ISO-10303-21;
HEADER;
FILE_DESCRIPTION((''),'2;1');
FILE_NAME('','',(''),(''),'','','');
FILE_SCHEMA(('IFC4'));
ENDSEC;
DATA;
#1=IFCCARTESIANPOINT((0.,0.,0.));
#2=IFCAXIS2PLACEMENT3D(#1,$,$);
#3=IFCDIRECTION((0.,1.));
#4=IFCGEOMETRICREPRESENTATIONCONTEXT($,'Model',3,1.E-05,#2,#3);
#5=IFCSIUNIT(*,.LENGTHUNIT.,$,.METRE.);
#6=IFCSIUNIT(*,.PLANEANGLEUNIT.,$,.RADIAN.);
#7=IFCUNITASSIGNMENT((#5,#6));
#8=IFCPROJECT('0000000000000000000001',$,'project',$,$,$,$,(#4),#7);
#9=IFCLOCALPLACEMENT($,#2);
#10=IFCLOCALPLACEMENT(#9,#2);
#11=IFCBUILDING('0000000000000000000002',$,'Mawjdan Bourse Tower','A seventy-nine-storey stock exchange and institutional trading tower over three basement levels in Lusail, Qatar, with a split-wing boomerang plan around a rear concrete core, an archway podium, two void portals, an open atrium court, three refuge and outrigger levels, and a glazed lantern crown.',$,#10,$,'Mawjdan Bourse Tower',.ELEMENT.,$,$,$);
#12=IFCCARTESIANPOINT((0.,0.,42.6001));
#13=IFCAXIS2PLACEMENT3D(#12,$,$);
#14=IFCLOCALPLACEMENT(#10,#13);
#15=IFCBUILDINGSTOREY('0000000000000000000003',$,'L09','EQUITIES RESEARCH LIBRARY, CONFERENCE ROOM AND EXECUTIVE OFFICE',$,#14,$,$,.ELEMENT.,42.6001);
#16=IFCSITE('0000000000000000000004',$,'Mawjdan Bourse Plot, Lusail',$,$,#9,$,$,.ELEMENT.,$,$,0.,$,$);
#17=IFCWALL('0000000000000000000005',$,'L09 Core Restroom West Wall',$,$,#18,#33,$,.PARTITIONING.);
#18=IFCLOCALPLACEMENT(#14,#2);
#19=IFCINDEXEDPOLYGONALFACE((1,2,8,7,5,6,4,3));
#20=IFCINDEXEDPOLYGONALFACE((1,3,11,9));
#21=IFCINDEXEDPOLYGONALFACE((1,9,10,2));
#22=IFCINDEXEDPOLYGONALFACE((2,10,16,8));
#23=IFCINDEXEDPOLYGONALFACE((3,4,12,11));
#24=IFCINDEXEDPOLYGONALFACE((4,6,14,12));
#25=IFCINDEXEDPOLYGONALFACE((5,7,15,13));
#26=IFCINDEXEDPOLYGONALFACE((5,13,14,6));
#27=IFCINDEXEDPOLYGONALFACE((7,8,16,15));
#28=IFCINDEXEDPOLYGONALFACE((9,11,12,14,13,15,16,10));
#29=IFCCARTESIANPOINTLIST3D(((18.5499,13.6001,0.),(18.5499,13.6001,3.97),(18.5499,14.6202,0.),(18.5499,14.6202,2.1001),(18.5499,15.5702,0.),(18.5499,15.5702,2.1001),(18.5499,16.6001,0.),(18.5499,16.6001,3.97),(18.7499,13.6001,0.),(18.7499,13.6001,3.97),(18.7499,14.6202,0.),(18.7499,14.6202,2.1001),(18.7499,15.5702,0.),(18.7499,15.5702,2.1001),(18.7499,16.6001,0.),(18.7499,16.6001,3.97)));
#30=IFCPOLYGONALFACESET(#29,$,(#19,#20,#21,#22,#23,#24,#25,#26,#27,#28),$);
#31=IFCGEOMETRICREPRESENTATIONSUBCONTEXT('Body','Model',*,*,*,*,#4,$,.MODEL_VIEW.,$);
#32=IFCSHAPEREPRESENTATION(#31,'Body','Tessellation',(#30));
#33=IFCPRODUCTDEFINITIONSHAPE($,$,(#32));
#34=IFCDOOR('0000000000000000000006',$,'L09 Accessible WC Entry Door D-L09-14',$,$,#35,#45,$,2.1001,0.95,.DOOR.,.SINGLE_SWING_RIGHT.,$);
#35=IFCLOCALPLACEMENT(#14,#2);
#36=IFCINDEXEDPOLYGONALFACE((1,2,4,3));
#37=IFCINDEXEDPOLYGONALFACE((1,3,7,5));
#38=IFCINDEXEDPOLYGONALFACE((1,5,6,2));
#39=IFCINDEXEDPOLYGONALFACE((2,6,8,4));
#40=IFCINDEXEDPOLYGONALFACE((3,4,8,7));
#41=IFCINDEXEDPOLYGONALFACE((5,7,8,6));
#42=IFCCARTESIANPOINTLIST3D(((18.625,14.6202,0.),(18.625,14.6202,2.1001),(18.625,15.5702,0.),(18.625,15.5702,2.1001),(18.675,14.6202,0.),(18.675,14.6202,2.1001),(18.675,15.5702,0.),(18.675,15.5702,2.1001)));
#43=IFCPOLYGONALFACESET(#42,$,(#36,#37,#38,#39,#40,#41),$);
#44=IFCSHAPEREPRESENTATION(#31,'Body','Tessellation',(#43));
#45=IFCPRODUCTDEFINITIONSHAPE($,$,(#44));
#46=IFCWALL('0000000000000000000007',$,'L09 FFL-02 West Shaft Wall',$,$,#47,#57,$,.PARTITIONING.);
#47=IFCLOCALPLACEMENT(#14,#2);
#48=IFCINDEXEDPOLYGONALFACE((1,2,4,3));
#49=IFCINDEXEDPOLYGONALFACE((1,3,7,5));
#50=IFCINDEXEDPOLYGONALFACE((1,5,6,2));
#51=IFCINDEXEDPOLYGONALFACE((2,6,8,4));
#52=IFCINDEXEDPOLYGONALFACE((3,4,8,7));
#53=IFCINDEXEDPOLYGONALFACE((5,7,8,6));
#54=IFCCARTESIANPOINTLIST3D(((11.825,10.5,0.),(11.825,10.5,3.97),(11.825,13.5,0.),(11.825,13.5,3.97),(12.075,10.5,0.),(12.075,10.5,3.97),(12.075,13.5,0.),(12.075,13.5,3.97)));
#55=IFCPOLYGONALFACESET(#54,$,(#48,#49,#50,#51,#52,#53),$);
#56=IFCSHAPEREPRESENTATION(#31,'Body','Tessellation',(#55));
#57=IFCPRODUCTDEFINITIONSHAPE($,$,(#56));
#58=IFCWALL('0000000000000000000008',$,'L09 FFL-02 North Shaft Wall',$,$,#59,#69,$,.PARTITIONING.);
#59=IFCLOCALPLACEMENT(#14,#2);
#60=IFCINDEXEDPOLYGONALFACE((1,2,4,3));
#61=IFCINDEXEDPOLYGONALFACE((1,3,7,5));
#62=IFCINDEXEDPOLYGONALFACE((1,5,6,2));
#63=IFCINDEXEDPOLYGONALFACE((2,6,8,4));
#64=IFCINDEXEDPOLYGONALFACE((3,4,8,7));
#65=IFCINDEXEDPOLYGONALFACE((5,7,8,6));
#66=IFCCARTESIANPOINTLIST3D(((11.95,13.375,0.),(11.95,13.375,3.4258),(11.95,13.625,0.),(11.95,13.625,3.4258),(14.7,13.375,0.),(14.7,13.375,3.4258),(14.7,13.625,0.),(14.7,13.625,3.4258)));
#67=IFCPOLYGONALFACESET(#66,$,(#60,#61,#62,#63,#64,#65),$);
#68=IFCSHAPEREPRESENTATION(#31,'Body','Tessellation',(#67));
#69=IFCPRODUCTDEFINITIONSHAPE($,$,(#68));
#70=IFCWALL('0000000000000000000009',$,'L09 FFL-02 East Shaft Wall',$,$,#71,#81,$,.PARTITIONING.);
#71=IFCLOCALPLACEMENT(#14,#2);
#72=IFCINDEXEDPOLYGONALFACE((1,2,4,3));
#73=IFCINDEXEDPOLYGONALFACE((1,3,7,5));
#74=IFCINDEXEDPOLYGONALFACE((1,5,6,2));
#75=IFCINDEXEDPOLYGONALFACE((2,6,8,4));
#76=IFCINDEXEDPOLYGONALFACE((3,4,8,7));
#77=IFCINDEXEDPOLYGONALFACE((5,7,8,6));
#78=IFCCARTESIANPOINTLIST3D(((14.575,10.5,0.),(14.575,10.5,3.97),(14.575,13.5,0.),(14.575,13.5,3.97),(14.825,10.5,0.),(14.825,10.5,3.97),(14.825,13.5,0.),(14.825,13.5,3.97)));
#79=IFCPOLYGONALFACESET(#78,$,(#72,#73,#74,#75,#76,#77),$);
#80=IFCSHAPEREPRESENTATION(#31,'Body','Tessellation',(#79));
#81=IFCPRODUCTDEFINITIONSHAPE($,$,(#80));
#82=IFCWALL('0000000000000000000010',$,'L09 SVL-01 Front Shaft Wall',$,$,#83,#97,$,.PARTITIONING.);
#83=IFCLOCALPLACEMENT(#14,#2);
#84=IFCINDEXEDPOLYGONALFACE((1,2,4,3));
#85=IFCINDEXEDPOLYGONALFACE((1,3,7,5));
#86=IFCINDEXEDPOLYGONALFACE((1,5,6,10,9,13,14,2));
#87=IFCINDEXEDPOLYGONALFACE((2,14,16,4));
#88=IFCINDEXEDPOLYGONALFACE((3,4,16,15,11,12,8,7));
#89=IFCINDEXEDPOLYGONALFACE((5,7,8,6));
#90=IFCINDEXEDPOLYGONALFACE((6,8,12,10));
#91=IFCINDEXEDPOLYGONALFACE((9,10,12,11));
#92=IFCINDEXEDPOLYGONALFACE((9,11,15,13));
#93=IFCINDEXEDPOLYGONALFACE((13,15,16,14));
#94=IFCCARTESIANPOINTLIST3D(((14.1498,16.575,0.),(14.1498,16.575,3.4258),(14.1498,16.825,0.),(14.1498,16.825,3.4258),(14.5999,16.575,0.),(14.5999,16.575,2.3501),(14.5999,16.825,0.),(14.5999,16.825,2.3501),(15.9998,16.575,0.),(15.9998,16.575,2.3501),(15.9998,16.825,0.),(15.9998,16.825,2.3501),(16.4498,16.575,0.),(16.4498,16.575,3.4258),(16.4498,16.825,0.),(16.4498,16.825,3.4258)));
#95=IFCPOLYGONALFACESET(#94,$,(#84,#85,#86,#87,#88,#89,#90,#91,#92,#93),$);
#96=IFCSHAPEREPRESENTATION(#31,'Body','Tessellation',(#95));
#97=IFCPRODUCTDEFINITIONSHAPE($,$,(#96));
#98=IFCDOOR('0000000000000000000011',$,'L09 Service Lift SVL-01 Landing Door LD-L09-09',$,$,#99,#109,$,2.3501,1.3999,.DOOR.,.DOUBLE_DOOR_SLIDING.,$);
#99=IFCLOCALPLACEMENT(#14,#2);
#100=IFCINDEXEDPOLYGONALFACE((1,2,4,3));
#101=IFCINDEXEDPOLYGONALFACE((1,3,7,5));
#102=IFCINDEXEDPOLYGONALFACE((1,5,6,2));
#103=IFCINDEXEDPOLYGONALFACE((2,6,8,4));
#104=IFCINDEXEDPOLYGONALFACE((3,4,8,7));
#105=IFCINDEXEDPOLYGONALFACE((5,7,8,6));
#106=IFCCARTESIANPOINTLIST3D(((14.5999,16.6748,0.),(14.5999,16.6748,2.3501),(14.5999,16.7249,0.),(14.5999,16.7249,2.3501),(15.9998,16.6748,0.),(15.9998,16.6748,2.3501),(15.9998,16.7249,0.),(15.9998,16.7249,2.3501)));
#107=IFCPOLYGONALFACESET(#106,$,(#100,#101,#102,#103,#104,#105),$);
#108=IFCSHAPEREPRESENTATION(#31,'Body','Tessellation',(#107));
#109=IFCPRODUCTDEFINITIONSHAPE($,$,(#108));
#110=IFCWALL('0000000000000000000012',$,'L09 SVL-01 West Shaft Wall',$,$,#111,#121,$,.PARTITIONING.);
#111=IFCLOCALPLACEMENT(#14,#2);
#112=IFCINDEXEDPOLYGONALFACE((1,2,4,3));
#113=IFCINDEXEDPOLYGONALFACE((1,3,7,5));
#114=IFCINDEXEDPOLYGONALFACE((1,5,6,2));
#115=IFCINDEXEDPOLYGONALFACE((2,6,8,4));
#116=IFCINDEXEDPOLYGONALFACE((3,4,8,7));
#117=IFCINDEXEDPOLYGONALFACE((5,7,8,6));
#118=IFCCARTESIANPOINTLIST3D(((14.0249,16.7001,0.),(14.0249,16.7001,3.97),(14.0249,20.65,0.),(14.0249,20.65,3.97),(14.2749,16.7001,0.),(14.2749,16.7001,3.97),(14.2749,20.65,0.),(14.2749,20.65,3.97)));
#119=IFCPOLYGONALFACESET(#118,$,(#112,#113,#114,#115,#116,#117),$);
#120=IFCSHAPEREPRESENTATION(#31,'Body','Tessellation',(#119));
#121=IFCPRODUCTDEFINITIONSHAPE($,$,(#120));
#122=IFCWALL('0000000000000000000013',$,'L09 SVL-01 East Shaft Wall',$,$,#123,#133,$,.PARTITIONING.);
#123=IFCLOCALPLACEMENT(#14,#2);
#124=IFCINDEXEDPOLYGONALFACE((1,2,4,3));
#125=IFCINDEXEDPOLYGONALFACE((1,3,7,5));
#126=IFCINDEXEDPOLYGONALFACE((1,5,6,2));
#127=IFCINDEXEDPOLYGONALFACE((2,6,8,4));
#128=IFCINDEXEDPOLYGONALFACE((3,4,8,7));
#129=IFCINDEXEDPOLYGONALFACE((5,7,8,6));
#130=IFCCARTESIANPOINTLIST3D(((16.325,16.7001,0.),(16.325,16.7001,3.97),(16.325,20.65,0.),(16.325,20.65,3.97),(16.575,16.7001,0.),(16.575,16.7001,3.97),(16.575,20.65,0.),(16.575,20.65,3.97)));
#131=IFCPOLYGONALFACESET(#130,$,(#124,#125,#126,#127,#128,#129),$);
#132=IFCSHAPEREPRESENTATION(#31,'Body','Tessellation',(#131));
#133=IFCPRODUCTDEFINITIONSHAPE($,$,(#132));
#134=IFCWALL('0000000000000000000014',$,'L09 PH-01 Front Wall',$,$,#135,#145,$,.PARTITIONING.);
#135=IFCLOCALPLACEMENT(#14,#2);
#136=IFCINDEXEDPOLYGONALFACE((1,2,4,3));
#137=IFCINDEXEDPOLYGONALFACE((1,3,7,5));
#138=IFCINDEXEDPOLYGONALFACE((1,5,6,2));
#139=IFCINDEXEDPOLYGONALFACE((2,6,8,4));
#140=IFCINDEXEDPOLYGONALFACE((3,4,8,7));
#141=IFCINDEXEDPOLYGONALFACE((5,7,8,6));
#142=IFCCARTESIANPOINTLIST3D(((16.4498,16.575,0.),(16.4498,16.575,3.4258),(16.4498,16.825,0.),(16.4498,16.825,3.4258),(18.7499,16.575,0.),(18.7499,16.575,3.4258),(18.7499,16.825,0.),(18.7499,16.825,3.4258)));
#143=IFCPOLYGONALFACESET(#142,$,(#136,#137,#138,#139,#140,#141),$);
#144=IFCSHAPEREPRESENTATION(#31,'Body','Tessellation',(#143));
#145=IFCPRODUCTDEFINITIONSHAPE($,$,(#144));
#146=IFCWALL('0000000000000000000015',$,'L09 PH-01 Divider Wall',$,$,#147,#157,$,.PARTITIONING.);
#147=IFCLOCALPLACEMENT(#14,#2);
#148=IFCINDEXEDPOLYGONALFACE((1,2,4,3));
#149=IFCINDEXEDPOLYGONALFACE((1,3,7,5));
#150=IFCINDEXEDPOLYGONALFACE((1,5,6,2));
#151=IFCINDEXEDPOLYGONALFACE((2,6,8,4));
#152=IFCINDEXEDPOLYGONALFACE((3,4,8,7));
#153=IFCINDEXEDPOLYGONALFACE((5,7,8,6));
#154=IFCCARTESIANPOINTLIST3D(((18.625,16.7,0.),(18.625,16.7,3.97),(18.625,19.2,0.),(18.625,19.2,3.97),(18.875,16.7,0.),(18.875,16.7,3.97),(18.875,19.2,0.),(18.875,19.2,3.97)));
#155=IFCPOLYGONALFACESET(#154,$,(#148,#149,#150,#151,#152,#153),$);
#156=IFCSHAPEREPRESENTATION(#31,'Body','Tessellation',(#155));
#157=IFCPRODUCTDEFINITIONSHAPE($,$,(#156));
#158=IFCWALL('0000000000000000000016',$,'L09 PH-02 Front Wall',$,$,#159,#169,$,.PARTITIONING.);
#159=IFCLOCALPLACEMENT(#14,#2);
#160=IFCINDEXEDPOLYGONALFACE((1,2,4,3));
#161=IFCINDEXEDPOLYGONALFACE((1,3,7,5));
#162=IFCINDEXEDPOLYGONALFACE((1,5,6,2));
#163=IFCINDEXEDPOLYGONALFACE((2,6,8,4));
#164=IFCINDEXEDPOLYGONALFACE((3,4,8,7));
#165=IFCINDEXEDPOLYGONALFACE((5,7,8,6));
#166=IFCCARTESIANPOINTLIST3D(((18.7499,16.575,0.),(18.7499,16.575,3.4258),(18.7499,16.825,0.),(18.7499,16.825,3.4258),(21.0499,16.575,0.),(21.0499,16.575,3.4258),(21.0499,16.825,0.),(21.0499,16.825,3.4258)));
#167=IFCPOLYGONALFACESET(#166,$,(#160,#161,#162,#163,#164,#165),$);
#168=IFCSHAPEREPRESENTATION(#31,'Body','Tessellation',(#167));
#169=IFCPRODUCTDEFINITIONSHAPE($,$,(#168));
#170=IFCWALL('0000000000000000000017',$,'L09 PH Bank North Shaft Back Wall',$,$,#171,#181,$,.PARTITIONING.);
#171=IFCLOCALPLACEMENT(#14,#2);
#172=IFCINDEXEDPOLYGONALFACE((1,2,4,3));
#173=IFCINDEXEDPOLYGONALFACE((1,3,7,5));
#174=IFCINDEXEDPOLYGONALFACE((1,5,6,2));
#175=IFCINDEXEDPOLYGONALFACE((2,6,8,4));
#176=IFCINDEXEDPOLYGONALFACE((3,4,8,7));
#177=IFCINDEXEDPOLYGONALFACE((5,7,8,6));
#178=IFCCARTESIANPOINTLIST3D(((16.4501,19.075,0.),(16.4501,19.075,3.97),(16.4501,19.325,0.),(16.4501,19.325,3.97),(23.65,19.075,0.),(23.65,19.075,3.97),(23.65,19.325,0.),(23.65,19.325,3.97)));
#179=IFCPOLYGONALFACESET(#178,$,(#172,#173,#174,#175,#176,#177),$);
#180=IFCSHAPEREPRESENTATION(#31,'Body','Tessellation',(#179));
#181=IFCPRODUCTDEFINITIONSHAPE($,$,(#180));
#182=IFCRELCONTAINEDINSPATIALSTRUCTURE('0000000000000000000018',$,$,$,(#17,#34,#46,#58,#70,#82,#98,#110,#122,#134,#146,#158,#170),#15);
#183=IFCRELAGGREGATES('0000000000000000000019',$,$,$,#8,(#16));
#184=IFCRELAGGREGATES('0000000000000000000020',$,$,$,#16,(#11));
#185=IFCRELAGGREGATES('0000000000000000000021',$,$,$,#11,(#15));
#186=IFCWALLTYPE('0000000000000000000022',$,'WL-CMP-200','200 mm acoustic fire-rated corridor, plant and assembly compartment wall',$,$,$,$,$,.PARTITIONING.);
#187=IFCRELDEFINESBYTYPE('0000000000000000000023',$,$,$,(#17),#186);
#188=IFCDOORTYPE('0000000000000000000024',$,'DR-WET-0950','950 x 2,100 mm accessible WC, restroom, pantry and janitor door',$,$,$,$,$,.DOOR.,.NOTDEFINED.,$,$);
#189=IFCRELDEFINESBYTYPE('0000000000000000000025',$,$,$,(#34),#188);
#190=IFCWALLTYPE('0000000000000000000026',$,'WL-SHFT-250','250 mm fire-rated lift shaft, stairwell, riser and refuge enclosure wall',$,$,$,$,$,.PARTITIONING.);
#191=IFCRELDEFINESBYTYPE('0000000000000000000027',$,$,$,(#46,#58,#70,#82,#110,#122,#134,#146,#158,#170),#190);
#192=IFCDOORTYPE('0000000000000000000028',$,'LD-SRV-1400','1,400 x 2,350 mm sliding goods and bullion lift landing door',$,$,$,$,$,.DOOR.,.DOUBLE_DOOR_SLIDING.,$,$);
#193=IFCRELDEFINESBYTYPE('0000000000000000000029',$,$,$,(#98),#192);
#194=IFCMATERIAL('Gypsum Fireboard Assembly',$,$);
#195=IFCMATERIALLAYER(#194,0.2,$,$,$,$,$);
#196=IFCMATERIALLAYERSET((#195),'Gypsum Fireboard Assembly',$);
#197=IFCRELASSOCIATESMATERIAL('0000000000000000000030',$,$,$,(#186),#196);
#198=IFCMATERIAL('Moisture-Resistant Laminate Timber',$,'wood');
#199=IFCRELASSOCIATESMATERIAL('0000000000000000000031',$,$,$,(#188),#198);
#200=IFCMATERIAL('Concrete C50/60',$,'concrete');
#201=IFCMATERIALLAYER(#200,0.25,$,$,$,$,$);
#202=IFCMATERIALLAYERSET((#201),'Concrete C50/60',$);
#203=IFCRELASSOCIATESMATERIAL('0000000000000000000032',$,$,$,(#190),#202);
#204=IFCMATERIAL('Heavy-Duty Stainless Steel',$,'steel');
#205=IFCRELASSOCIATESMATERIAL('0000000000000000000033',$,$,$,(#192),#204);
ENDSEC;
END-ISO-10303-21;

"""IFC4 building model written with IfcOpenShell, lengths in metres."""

from ifc_helpers import new_model, si_unit, direction, frame, frame_2d, origin, place, context, subcontext, project, spatial, rectangle, extrude, material, layer, layer_set, type_object, element, fill, save


model = new_model("IFC4")

# Units and contexts
model_context = context("Model", 3, precision=1e-05, world=origin(), true_north=direction((0.0, 1.0)))
body_context = subcontext(model_context, "Body", "Model", "MODEL_VIEW")
ifc_project = project(units=[si_unit("LENGTHUNIT", "METRE"), si_unit("PLANEANGLEUNIT", "RADIAN")], contexts=[model_context])

# Site, building, storey
site_placement = place(None, origin())
site = spatial("IfcSite", under=ifc_project, at=site_placement, Name="Mawjdan Bourse Plot, Lusail", CompositionType="ELEMENT", RefElevation=0.0)
building_placement = place(site_placement, origin())
building = spatial("IfcBuilding", under=site, at=building_placement, Name="Mawjdan Bourse Tower", Description="A seventy-nine-storey stock exchange and institutional trading tower over three basement levels in Lusail, Qatar, with a split-wing boomerang plan around a rear concrete core, an archway podium, two void portals, an open atrium court, three refuge and outrigger levels, and a glazed lantern crown.", LongName="Mawjdan Bourse Tower", CompositionType="ELEMENT")
storey_placement = place(building_placement, frame((0.0, 0.0, 42.6001)))
storey = spatial("IfcBuildingStorey", under=building, at=storey_placement, Name="L09", Description="EQUITIES RESEARCH LIBRARY, CONFERENCE ROOM AND EXECUTIVE OFFICE", CompositionType="ELEMENT", Elevation=42.6001)

# Wall, opening, door
ifc_material_1 = material(Name="Gypsum Fireboard Assembly")
ifc_layer_1 = layer(ifc_material_1, 0.2)
ifc_layer_set_1 = layer_set([ifc_layer_1], Name="Gypsum Fireboard Assembly")
wall_type_1 = type_object("IfcWallType", Name="WL-CMP-200", Description="200 mm acoustic fire-rated corridor, plant and assembly compartment wall", PredefinedType="PARTITIONING", material=ifc_layer_set_1)
wall_1_placement = place(storey_placement, frame((18.6499, 13.6001, 0.0), z_axis=(0.0, 0.0, 1.0), x_axis=(0.0, 1.0, 0.0)))
wall_1 = element("IfcWall", 1, at=wall_1_placement, inside=storey, type_object=wall_type_1, Name="L09 Core Restroom West Wall", PredefinedType="PARTITIONING", context=body_context, shape_type="SweptSolid", body=[
    extrude(rectangle(XDim=3.0, YDim=0.2, at=frame_2d((1.5, 0.0))), origin(), (0.0, 0.0, 1.0), 3.97),
])
opening_1_placement = place(wall_1_placement, frame((1.02, 0.0, 0.0)))
opening_1 = element("IfcOpeningElement", 2, at=opening_1_placement, cuts=wall_1, PredefinedType="OPENING", context=body_context, shape_type="SweptSolid", body=[
    extrude(rectangle(XDim=0.95, YDim=2.1001, at=frame_2d((0.4751, 1.05))), frame((0.0, 0.1099, 0.0), z_axis=(0.0, -1.0, 0.0), x_axis=(1.0, 0.0, 0.0)), (0.0, 0.0, 1.0), 0.22),
])
ifc_material_2 = material(Name="Moisture-Resistant Laminate Timber", Category="wood")
door_type_1 = type_object("IfcDoorType", Name="DR-WET-0950", Description="950 x 2,100 mm accessible WC, restroom, pantry and janitor door", OperationType="NOTDEFINED", PredefinedType="DOOR", material=ifc_material_2)
door_1_placement = place(opening_1_placement, origin())
door_1 = element("IfcDoor", 3, at=door_1_placement, inside=storey, type_object=door_type_1, Name="L09 Accessible WC Entry Door D-L09-14", OperationType="SINGLE_SWING_RIGHT", OverallHeight=2.1001, OverallWidth=0.95, PredefinedType="DOOR", context=body_context, shape_type="SweptSolid", body=[
    extrude(rectangle(XDim=0.95, YDim=2.1001, at=frame_2d((0.4751, 1.05))), frame((0.0, 0.0249, 0.0), z_axis=(0.0, -1.0, 0.0), x_axis=(1.0, 0.0, 0.0)), (0.0, 0.0, 1.0), 0.05),
])
fill(opening_1, door_1)

# Walls
ifc_material_3 = material(Name="Concrete C50/60", Category="concrete")
ifc_layer_2 = layer(ifc_material_3, 0.25)
ifc_layer_set_2 = layer_set([ifc_layer_2], Name="Concrete C50/60")
wall_type_2 = type_object("IfcWallType", Name="WL-SHFT-250", Description="250 mm fire-rated lift shaft, stairwell, riser and refuge enclosure wall", PredefinedType="PARTITIONING", material=ifc_layer_set_2)
wall_2_placement = place(storey_placement, frame((11.95, 10.5, 0.0), z_axis=(0.0, 0.0, 1.0), x_axis=(0.0, 1.0, 0.0)))
element("IfcWall", 4, at=wall_2_placement, inside=storey, type_object=wall_type_2, Name="L09 FFL-02 West Shaft Wall", PredefinedType="PARTITIONING", context=body_context, shape_type="SweptSolid", body=[
    extrude(rectangle(XDim=3.0, YDim=0.25, at=frame_2d((1.5, 0.0))), origin(), (0.0, 0.0, 1.0), 3.97),
])
wall_3_placement = place(storey_placement, frame((11.95, 13.5, 0.0), z_axis=(0.0, 0.0, 1.0), x_axis=(1.0, 0.0, 0.0)))
element("IfcWall", 5, at=wall_3_placement, inside=storey, type_object=wall_type_2, Name="L09 FFL-02 North Shaft Wall", PredefinedType="PARTITIONING", context=body_context, shape_type="SweptSolid", body=[
    extrude(rectangle(XDim=2.75, YDim=0.25, at=frame_2d((1.375, 0.0))), origin(), (0.0, 0.0, 1.0), 3.4258),
])
wall_4_placement = place(storey_placement, frame((14.7, 10.5, 0.0), z_axis=(0.0, 0.0, 1.0), x_axis=(0.0, 1.0, 0.0)))
element("IfcWall", 6, at=wall_4_placement, inside=storey, type_object=wall_type_2, Name="L09 FFL-02 East Shaft Wall", PredefinedType="PARTITIONING", context=body_context, shape_type="SweptSolid", body=[
    extrude(rectangle(XDim=3.0, YDim=0.25, at=frame_2d((1.5, 0.0))), origin(), (0.0, 0.0, 1.0), 3.97),
])

# Wall, opening, door
wall_5_placement = place(storey_placement, frame((14.1499, 16.7, 0.0), z_axis=(0.0, 0.0, 1.0), x_axis=(1.0, 0.0, 0.0)))
wall_5 = element("IfcWall", 7, at=wall_5_placement, inside=storey, type_object=wall_type_2, Name="L09 SVL-01 Front Shaft Wall", PredefinedType="PARTITIONING", context=body_context, shape_type="SweptSolid", body=[
    extrude(rectangle(XDim=2.3, YDim=0.25, at=frame_2d((1.1499, 0.0))), origin(), (0.0, 0.0, 1.0), 3.4258),
])
opening_2_placement = place(wall_5_placement, frame((0.45, 0.0, 0.0)))
opening_2 = element("IfcOpeningElement", 8, at=opening_2_placement, cuts=wall_5, PredefinedType="OPENING", context=body_context, shape_type="SweptSolid", body=[
    extrude(rectangle(XDim=1.3999, YDim=2.3501, at=frame_2d((0.7, 1.175))), frame((0.0, 0.135, 0.0), z_axis=(0.0, -1.0, 0.0), x_axis=(1.0, 0.0, 0.0)), (0.0, 0.0, 1.0), 0.27),
])
ifc_material_4 = material(Name="Heavy-Duty Stainless Steel", Category="steel")
door_type_2 = type_object("IfcDoorType", Name="LD-SRV-1400", Description="1,400 x 2,350 mm sliding goods and bullion lift landing door", OperationType="DOUBLE_DOOR_SLIDING", PredefinedType="DOOR", material=ifc_material_4)
door_2_placement = place(opening_2_placement, origin())
door_2 = element("IfcDoor", 9, at=door_2_placement, inside=storey, type_object=door_type_2, Name="L09 Service Lift SVL-01 Landing Door LD-L09-09", OperationType="DOUBLE_DOOR_SLIDING", OverallHeight=2.3501, OverallWidth=1.3999, PredefinedType="DOOR", context=body_context, shape_type="SweptSolid", body=[
    extrude(rectangle(XDim=1.3999, YDim=2.3501, at=frame_2d((0.7, 1.175))), frame((0.0, 0.0249, 0.0), z_axis=(0.0, -1.0, 0.0), x_axis=(1.0, 0.0, 0.0)), (0.0, 0.0, 1.0), 0.05),
])
fill(opening_2, door_2)

# Walls
for number, where, z_axis, x_axis, name in (
    (10, (14.1499, 16.7, 0.0), (0.0, 0.0, 1.0), (0.0, 1.0, 0.0), "L09 SVL-01 West Shaft Wall"),
    (11, (16.45, 16.7, 0.0), (0.0, 0.0, 1.0), (0.0, 1.0, 0.0), "L09 SVL-01 East Shaft Wall"),
):
    element("IfcWall", number, at=place(storey_placement, frame(where, z_axis=z_axis, x_axis=x_axis)), inside=storey, type_object=wall_type_2, Name=name, PredefinedType="PARTITIONING", context=body_context, shape_type="SweptSolid", body=[
        extrude(rectangle(XDim=3.95, YDim=0.25, at=frame_2d((1.9751, 0.0))), origin(), (0.0, 0.0, 1.0), 3.97),
    ])
wall_6_placement = place(storey_placement, frame((16.45, 16.7, 0.0), z_axis=(0.0, 0.0, 1.0), x_axis=(1.0, 0.0, 0.0)))
element("IfcWall", 12, at=wall_6_placement, inside=storey, type_object=wall_type_2, Name="L09 PH-01 Front Wall", PredefinedType="PARTITIONING", context=body_context, shape_type="SweptSolid", body=[
    extrude(rectangle(XDim=2.3, YDim=0.25, at=frame_2d((1.1499, 0.0))), origin(), (0.0, 0.0, 1.0), 3.4258),
])
wall_7_placement = place(storey_placement, frame((18.75, 16.7, 0.0), z_axis=(0.0, 0.0, 1.0), x_axis=(0.0, 1.0, 0.0)))
element("IfcWall", 13, at=wall_7_placement, inside=storey, type_object=wall_type_2, Name="L09 PH-01 Divider Wall", PredefinedType="PARTITIONING", context=body_context, shape_type="SweptSolid", body=[
    extrude(rectangle(XDim=2.5, YDim=0.25, at=frame_2d((1.25, 0.0))), origin(), (0.0, 0.0, 1.0), 3.97),
])
wall_8_placement = place(storey_placement, frame((18.75, 16.7, 0.0), z_axis=(0.0, 0.0, 1.0), x_axis=(1.0, 0.0, 0.0)))
element("IfcWall", 14, at=wall_8_placement, inside=storey, type_object=wall_type_2, Name="L09 PH-02 Front Wall", PredefinedType="PARTITIONING", context=body_context, shape_type="SweptSolid", body=[
    extrude(rectangle(XDim=2.3, YDim=0.25, at=frame_2d((1.1499, 0.0))), origin(), (0.0, 0.0, 1.0), 3.4258),
])
wall_9_placement = place(storey_placement, frame((16.45, 19.2, 0.0), z_axis=(0.0, 0.0, 1.0), x_axis=(1.0, 0.0, 0.0)))
element("IfcWall", 15, at=wall_9_placement, inside=storey, type_object=wall_type_2, Name="L09 PH Bank North Shaft Back Wall", PredefinedType="PARTITIONING", context=body_context, shape_type="SweptSolid", body=[
    extrude(rectangle(XDim=7.2, YDim=0.25, at=frame_2d((3.6001, 0.0))), origin(), (0.0, 0.0, 1.0), 3.97),
])

save(model, "model.ifc")
